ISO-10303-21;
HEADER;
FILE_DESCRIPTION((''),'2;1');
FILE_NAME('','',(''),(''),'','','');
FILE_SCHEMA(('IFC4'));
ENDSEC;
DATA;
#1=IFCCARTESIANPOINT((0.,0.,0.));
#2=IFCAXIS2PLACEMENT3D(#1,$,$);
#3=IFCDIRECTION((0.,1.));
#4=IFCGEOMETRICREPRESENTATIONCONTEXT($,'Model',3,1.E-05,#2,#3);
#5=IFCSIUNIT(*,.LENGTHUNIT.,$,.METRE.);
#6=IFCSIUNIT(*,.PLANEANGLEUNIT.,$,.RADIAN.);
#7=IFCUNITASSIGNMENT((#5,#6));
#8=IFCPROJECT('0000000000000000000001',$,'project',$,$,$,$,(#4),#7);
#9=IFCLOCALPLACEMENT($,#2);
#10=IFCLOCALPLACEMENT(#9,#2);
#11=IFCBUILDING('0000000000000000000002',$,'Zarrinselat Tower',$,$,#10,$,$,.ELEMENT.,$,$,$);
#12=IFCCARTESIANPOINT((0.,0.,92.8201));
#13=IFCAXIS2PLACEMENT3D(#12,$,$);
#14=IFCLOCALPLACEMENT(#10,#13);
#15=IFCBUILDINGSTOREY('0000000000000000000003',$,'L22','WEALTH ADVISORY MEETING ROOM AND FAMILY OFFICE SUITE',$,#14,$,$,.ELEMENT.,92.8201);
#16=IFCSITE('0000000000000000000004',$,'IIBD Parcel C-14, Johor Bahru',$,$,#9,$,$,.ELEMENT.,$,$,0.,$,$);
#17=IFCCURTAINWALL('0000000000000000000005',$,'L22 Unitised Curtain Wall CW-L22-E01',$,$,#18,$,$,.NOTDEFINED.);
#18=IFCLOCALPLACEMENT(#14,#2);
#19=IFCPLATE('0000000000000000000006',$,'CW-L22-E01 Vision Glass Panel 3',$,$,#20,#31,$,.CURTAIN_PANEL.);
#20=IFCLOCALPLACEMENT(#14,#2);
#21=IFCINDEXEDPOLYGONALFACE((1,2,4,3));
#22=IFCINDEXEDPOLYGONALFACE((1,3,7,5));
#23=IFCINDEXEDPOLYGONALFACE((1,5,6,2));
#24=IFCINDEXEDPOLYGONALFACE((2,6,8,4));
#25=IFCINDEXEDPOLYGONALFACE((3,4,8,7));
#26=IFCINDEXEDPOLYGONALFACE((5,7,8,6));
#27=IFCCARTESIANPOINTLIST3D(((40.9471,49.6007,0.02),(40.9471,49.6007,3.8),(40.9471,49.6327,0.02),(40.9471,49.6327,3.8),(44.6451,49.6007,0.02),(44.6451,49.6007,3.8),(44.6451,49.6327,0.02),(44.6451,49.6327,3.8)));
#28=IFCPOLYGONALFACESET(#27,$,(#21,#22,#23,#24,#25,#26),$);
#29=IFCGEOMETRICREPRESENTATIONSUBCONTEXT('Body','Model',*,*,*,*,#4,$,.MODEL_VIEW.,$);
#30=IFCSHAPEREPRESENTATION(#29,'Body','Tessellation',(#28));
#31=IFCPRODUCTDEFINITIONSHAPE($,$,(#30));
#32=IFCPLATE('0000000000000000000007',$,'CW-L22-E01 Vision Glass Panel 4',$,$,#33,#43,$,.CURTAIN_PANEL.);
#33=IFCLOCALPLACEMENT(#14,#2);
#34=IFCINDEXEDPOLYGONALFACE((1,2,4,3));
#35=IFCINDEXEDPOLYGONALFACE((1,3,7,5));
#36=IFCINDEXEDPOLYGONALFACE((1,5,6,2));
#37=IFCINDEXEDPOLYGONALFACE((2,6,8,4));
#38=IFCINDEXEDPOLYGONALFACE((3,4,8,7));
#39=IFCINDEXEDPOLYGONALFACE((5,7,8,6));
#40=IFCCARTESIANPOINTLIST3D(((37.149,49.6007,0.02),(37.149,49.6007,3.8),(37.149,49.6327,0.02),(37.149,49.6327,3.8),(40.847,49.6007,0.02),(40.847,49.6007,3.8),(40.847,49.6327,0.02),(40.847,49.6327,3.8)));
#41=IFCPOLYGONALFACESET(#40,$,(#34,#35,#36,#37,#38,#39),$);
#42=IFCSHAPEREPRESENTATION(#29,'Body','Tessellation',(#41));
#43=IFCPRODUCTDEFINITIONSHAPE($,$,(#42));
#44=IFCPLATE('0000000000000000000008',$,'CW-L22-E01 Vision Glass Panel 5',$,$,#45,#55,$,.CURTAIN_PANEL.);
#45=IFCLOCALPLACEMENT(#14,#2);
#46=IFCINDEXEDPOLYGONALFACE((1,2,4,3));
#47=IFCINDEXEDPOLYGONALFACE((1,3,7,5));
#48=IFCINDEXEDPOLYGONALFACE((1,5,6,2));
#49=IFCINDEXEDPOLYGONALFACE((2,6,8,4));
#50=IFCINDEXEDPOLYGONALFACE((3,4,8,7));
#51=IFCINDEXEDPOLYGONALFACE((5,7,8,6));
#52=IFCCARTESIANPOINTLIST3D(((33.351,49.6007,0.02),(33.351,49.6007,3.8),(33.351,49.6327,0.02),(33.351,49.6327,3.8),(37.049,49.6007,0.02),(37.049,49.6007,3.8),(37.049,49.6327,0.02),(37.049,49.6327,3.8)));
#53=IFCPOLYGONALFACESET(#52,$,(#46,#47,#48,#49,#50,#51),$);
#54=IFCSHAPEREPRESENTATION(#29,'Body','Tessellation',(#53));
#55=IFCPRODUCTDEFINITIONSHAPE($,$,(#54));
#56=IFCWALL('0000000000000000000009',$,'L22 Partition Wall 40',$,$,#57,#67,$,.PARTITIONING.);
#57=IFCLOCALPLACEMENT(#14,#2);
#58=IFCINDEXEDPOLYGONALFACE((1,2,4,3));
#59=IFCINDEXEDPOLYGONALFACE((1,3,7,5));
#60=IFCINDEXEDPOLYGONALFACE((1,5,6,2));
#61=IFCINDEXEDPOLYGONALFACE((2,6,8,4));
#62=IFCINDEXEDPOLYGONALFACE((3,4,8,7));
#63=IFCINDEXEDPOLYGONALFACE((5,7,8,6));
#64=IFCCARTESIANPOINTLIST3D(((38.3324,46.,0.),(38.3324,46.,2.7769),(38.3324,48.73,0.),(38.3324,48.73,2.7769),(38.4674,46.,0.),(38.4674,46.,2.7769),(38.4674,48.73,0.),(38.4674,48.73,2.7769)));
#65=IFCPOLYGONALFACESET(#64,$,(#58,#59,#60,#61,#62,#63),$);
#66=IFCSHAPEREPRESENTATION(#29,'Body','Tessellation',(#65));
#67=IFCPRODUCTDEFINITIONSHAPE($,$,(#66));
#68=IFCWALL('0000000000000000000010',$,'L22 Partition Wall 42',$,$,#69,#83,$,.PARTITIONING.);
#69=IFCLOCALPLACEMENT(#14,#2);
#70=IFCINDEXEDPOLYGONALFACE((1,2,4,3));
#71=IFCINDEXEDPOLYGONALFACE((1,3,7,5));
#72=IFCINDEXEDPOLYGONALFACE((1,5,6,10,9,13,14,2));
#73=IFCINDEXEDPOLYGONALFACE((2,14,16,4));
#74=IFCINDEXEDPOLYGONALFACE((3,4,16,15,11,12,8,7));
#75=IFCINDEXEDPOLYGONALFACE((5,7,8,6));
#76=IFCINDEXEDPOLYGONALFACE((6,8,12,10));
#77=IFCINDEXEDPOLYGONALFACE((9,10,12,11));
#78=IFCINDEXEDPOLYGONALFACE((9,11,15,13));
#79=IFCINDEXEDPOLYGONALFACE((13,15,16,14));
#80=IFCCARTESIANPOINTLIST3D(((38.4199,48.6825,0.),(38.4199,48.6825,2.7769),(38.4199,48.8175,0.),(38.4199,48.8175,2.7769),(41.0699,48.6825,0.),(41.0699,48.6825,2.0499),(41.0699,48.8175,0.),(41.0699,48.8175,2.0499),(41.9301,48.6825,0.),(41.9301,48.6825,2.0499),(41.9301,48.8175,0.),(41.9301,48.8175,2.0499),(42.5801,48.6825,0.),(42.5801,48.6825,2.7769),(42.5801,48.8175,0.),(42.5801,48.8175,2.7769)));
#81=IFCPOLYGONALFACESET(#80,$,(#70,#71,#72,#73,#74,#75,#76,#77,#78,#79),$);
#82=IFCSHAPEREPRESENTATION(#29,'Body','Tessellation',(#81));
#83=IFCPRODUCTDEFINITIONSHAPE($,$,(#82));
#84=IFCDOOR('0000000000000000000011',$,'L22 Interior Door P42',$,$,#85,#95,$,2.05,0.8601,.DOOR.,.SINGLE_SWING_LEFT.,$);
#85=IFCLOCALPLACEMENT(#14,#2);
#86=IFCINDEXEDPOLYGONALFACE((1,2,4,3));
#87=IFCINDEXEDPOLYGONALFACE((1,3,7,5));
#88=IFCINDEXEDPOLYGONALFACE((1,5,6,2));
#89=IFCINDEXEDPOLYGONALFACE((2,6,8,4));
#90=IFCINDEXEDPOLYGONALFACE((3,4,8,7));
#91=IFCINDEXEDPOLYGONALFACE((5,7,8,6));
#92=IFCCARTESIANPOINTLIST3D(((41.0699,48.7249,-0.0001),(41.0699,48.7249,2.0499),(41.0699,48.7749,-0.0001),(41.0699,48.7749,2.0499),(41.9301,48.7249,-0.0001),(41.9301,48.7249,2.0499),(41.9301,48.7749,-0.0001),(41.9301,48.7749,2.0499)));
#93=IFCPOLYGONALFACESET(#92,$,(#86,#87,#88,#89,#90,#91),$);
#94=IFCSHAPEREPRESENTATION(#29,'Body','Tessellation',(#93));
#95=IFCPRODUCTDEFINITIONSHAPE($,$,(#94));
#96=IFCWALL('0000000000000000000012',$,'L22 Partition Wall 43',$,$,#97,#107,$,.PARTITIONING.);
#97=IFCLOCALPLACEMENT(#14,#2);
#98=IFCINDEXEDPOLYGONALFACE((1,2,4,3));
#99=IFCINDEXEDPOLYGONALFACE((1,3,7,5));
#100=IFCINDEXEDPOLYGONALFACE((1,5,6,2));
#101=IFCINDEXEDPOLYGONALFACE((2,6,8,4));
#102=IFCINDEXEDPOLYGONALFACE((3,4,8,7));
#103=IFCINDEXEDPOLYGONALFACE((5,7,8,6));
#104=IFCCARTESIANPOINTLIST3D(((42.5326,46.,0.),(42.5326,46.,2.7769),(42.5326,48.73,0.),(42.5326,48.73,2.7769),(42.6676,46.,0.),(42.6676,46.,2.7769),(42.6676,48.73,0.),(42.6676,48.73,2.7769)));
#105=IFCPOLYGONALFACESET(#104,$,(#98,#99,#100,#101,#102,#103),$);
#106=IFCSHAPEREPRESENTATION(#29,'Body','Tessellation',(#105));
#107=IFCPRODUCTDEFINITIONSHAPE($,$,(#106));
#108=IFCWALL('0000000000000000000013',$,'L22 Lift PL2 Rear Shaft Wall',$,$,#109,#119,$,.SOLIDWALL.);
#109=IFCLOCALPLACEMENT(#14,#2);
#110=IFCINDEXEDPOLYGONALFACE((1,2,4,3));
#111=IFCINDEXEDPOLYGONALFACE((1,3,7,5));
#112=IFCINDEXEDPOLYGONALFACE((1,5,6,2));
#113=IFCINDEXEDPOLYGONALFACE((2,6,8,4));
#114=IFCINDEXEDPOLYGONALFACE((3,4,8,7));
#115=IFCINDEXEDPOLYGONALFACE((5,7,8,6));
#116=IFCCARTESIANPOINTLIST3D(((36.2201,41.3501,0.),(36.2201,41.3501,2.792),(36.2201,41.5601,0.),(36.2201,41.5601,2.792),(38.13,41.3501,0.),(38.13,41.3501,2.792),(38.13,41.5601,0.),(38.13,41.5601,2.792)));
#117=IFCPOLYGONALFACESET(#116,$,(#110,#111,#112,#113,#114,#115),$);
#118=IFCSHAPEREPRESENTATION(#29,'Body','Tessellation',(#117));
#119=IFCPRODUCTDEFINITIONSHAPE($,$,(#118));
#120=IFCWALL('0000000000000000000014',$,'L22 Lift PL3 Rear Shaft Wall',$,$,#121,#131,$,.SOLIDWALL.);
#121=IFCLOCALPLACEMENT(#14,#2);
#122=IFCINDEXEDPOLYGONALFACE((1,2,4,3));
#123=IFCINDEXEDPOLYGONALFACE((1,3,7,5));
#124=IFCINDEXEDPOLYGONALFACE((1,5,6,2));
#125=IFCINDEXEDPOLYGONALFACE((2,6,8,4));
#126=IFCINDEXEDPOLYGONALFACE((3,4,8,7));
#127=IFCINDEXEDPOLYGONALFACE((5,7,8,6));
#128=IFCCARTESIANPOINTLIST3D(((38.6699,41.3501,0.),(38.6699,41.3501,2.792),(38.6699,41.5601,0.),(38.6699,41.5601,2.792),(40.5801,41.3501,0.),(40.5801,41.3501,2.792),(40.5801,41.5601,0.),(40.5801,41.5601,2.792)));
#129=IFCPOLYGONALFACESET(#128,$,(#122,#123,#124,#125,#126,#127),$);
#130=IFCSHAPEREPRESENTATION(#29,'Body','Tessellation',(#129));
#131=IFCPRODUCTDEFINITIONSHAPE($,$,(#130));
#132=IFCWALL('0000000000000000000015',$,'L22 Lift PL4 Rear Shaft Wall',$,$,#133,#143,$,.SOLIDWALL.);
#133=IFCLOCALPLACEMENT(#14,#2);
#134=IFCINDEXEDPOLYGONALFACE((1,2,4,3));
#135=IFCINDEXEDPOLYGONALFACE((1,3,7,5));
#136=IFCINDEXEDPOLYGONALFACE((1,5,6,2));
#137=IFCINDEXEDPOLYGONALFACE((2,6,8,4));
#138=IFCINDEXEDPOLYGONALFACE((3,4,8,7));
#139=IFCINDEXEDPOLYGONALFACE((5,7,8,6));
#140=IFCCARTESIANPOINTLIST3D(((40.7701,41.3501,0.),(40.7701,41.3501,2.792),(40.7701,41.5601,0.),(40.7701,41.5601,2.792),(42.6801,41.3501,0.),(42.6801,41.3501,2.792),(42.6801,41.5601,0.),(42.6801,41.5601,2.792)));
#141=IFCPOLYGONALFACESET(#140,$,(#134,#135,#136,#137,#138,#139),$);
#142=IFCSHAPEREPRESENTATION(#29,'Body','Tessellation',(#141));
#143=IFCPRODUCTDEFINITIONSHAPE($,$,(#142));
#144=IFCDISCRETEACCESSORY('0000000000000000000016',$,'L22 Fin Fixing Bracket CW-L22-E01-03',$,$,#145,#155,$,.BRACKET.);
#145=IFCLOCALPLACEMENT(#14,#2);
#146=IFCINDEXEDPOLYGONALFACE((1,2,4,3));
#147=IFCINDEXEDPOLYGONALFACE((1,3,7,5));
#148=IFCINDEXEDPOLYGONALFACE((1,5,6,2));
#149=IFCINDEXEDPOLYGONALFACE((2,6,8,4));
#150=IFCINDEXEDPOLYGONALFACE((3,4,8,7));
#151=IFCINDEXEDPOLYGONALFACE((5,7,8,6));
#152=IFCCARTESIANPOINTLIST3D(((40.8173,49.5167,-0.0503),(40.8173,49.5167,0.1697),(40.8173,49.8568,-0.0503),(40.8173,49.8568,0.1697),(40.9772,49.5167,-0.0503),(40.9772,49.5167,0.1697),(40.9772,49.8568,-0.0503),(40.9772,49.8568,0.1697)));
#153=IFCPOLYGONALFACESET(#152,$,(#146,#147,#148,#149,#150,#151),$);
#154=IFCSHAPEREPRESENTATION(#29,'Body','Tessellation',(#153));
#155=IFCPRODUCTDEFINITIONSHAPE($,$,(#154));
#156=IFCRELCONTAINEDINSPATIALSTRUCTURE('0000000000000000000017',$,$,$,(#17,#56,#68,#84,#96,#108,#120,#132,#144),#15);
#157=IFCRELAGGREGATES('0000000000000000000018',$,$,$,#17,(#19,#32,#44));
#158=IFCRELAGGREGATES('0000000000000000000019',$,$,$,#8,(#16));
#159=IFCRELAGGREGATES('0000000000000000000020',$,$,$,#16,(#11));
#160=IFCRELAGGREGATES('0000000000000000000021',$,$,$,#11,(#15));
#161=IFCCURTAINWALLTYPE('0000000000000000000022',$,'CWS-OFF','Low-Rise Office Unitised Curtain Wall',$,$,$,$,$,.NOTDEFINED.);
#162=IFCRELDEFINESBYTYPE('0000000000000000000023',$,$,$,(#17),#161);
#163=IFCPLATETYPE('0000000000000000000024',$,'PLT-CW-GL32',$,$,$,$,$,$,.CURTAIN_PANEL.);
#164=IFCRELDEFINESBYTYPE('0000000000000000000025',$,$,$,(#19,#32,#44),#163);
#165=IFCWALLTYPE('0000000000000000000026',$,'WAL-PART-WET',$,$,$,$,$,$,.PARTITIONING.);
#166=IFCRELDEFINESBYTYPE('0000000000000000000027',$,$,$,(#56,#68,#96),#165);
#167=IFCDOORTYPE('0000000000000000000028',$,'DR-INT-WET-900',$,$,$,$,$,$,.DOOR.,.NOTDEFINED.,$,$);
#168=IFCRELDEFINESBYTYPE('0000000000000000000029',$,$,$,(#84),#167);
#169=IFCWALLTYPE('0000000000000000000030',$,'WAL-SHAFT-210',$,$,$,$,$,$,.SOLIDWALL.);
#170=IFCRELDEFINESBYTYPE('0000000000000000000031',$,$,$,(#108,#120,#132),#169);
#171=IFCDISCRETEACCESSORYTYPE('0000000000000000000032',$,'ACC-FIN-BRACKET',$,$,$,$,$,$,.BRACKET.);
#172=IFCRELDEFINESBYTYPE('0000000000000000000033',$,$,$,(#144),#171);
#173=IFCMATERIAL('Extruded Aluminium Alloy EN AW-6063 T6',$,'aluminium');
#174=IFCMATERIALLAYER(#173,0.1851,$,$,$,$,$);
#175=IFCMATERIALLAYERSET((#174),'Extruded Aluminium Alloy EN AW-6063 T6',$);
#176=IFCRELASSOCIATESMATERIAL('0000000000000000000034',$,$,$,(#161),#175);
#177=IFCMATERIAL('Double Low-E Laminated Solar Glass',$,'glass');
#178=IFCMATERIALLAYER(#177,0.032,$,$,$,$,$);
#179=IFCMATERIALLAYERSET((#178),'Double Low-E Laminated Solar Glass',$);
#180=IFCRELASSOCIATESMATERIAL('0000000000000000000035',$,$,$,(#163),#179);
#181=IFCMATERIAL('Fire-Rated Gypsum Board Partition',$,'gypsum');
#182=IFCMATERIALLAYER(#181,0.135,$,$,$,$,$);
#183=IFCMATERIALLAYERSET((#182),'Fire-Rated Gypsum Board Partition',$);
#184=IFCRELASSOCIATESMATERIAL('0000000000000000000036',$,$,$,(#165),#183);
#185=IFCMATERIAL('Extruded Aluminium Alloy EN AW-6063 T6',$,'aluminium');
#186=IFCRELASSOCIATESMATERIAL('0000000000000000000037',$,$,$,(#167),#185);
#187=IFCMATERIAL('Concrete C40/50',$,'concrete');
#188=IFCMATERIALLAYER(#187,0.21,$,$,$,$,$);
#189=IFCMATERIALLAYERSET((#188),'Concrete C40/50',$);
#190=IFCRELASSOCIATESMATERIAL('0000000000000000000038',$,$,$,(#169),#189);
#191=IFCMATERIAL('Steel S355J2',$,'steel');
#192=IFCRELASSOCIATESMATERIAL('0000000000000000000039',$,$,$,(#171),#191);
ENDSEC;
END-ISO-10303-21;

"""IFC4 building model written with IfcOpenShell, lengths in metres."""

from ifc_helpers import new_model, si_unit, direction, frame, frame_2d, origin, origin_2d, place, context, subcontext, project, spatial, rectangle, extrude, material, layer, layer_set, type_object, element, fill, aggregate, save


model = new_model("IFC4")

# Units and contexts
model_context = context("Model", 3, precision=1e-05, world=origin(), true_north=direction((0.0, 1.0)))
body_context = subcontext(model_context, "Body", "Model", "MODEL_VIEW")
ifc_project = project(units=[si_unit("LENGTHUNIT", "METRE"), si_unit("PLANEANGLEUNIT", "RADIAN")], contexts=[model_context])

# Site, building, storey
site_placement = place(None, origin())
site = spatial("IfcSite", under=ifc_project, at=site_placement, Name="IIBD Parcel C-14, Johor Bahru", CompositionType="ELEMENT", RefElevation=0.0)
building_placement = place(site_placement, origin())
building = spatial("IfcBuilding", under=site, at=building_placement, Name="Zarrinselat Tower", CompositionType="ELEMENT")
storey_placement = place(building_placement, frame((0.0, 0.0, 92.8201)))
storey = spatial("IfcBuildingStorey", under=building, at=storey_placement, Name="L22", Description="WEALTH ADVISORY MEETING ROOM AND FAMILY OFFICE SUITE", CompositionType="ELEMENT", Elevation=92.8201)

# Curtain wall, plates
ifc_material_1 = material(Name="Extruded Aluminium Alloy EN AW-6063 T6", Category="aluminium")
ifc_layer_1 = layer(ifc_material_1, 0.1851)
ifc_layer_set_1 = layer_set([ifc_layer_1], Name="Extruded Aluminium Alloy EN AW-6063 T6")
curtain_wall_type = type_object("IfcCurtainWallType", Name="CWS-OFF", Description="Low-Rise Office Unitised Curtain Wall", PredefinedType="NOTDEFINED", material=ifc_layer_set_1)
curtain_wall_placement = place(storey_placement, origin())
curtain_wall = element("IfcCurtainWall", 1, at=curtain_wall_placement, inside=storey, type_object=curtain_wall_type, Name="L22 Unitised Curtain Wall CW-L22-E01", PredefinedType="NOTDEFINED")
ifc_material_2 = material(Name="Double Low-E Laminated Solar Glass", Category="glass")
ifc_layer_2 = layer(ifc_material_2, 0.032)
ifc_layer_set_2 = layer_set([ifc_layer_2], Name="Double Low-E Laminated Solar Glass")
plate_type = type_object("IfcPlateType", Name="PLT-CW-GL32", PredefinedType="CURTAIN_PANEL", material=ifc_layer_set_2)
plate_1_placement = place(storey_placement, frame((42.7961, 49.6167, 0.02), z_axis=(0.0, 0.0, 1.0), x_axis=(-1.0, 0.0, 0.0)))
plate_1 = element("IfcPlate", 2, at=plate_1_placement, type_object=plate_type, Name="CW-L22-E01 Vision Glass Panel 3", PredefinedType="CURTAIN_PANEL", context=body_context, shape_type="SweptSolid", body=[
    extrude(rectangle(XDim=3.698, YDim=0.032, at=origin_2d()), origin(), (0.0, 0.0, 1.0), 3.78),
])
plate_2_placement = place(storey_placement, frame((38.998, 49.6167, 0.02), z_axis=(0.0, 0.0, 1.0), x_axis=(-1.0, 0.0, 0.0)))
plate_2 = element("IfcPlate", 3, at=plate_2_placement, type_object=plate_type, Name="CW-L22-E01 Vision Glass Panel 4", PredefinedType="CURTAIN_PANEL", context=body_context, shape_type="SweptSolid", body=[
    extrude(rectangle(XDim=3.698, YDim=0.032, at=origin_2d()), origin(), (0.0, 0.0, 1.0), 3.78),
])
plate_3_placement = place(storey_placement, frame((35.2, 49.6167, 0.02), z_axis=(0.0, 0.0, 1.0), x_axis=(-1.0, 0.0, 0.0)))
plate_3 = element("IfcPlate", 4, at=plate_3_placement, type_object=plate_type, Name="CW-L22-E01 Vision Glass Panel 5", PredefinedType="CURTAIN_PANEL", context=body_context, shape_type="SweptSolid", body=[
    extrude(rectangle(XDim=3.698, YDim=0.032, at=origin_2d()), origin(), (0.0, 0.0, 1.0), 3.78),
])
aggregate(curtain_wall, [plate_1, plate_2, plate_3])

# Wall
ifc_material_3 = material(Name="Fire-Rated Gypsum Board Partition", Category="gypsum")
ifc_layer_3 = layer(ifc_material_3, 0.135)
ifc_layer_set_3 = layer_set([ifc_layer_3], Name="Fire-Rated Gypsum Board Partition")
wall_type_1 = type_object("IfcWallType", Name="WAL-PART-WET", PredefinedType="PARTITIONING", material=ifc_layer_set_3)
wall_1_placement = place(storey_placement, frame((38.3999, 46.0, 0.0), z_axis=(0.0, 0.0, 1.0), x_axis=(0.0, 1.0, 0.0)))
element("IfcWall", 5, at=wall_1_placement, inside=storey, type_object=wall_type_1, Name="L22 Partition Wall 40", PredefinedType="PARTITIONING", context=body_context, shape_type="SweptSolid", body=[
    extrude(rectangle(XDim=2.73, YDim=0.135, at=frame_2d((1.365, 0.0))), origin(), (0.0, 0.0, 1.0), 2.7769),
])

# Wall, opening, door
wall_2_placement = place(storey_placement, frame((38.4199, 48.75, 0.0), z_axis=(0.0, 0.0, 1.0), x_axis=(1.0, 0.0, 0.0)))
wall_2 = element("IfcWall", 6, at=wall_2_placement, inside=storey, type_object=wall_type_1, Name="L22 Partition Wall 42", PredefinedType="PARTITIONING", context=body_context, shape_type="SweptSolid", body=[
    extrude(rectangle(XDim=4.1602, YDim=0.135, at=frame_2d((2.0801, 0.0))), origin(), (0.0, 0.0, 1.0), 2.7769),
])
opening_placement = place(wall_2_placement, frame((2.6499, 0.0, 0.0)))
opening = element("IfcOpeningElement", 7, at=opening_placement, cuts=wall_2, PredefinedType="OPENING", context=body_context, shape_type="SweptSolid", body=[
    extrude(rectangle(XDim=0.8601, YDim=2.05, at=frame_2d((0.4302, 1.0249))), frame((0.0, 0.0774, 0.0), z_axis=(0.0, -1.0, 0.0), x_axis=(1.0, 0.0, 0.0)), (0.0, 0.0, 1.0), 0.155),
])
ifc_material_4 = material(Name="Extruded Aluminium Alloy EN AW-6063 T6", Category="aluminium")
door_type = type_object("IfcDoorType", Name="DR-INT-WET-900", OperationType="NOTDEFINED", PredefinedType="DOOR", material=ifc_material_4)
door_placement = place(opening_placement, origin())
door = element("IfcDoor", 8, at=door_placement, inside=storey, type_object=door_type, Name="L22 Interior Door P42", OperationType="SINGLE_SWING_LEFT", OverallHeight=2.05, OverallWidth=0.8601, PredefinedType="DOOR", context=body_context, shape_type="SweptSolid", body=[
    extrude(rectangle(XDim=0.8601, YDim=2.05, at=frame_2d((0.4302, 1.0249))), frame((0.0, 0.0249, 0.0), z_axis=(0.0, -1.0, 0.0), x_axis=(1.0, 0.0, 0.0)), (0.0, 0.0, 1.0), 0.05),
])
fill(opening, door)

# Walls
wall_3_placement = place(storey_placement, frame((42.6001, 46.0, 0.0), z_axis=(0.0, 0.0, 1.0), x_axis=(0.0, 1.0, 0.0)))
element("IfcWall", 9, at=wall_3_placement, inside=storey, type_object=wall_type_1, Name="L22 Partition Wall 43", PredefinedType="PARTITIONING", context=body_context, shape_type="SweptSolid", body=[
    extrude(rectangle(XDim=2.73, YDim=0.135, at=frame_2d((1.365, 0.0))), origin(), (0.0, 0.0, 1.0), 2.7769),
])
ifc_material_5 = material(Name="Concrete C40/50", Category="concrete")
ifc_layer_4 = layer(ifc_material_5, 0.21)
ifc_layer_set_4 = layer_set([ifc_layer_4], Name="Concrete C40/50")
wall_type_2 = type_object("IfcWallType", Name="WAL-SHAFT-210", PredefinedType="SOLIDWALL", material=ifc_layer_set_4)
wall_4_placement = place(storey_placement, frame((36.22, 41.4551, 0.0), z_axis=(0.0, 0.0, 1.0), x_axis=(1.0, 0.0, 0.0)))
element("IfcWall", 10, at=wall_4_placement, inside=storey, type_object=wall_type_2, Name="L22 Lift PL2 Rear Shaft Wall", PredefinedType="SOLIDWALL", context=body_context, shape_type="SweptSolid", body=[
    extrude(rectangle(XDim=1.9099, YDim=0.21, at=frame_2d((0.9551, 0.0))), origin(), (0.0, 0.0, 1.0), 2.792),
])
wall_5_placement = place(storey_placement, frame((38.6699, 41.4551, 0.0), z_axis=(0.0, 0.0, 1.0), x_axis=(1.0, 0.0, 0.0)))
element("IfcWall", 11, at=wall_5_placement, inside=storey, type_object=wall_type_2, Name="L22 Lift PL3 Rear Shaft Wall", PredefinedType="SOLIDWALL", context=body_context, shape_type="SweptSolid", body=[
    extrude(rectangle(XDim=1.9102, YDim=0.21, at=frame_2d((0.9551, 0.0))), origin(), (0.0, 0.0, 1.0), 2.792),
])
wall_6_placement = place(storey_placement, frame((40.77, 41.4551, 0.0), z_axis=(0.0, 0.0, 1.0), x_axis=(1.0, 0.0, 0.0)))
element("IfcWall", 12, at=wall_6_placement, inside=storey, type_object=wall_type_2, Name="L22 Lift PL4 Rear Shaft Wall", PredefinedType="SOLIDWALL", context=body_context, shape_type="SweptSolid", body=[
    extrude(rectangle(XDim=1.9099, YDim=0.21, at=frame_2d((0.9551, 0.0))), origin(), (0.0, 0.0, 1.0), 2.792),
])

# Discrete accessory
ifc_material_6 = material(Name="Steel S355J2", Category="steel")
discrete_accessory_type = type_object("IfcDiscreteAccessoryType", Name="ACC-FIN-BRACKET", PredefinedType="BRACKET", material=ifc_material_6)
discrete_accessory_placement = place(storey_placement, frame((40.8972, 49.6868, -0.0503), z_axis=(0.0, 0.0, 1.0), x_axis=(0.0, 1.0, 0.0)))
element("IfcDiscreteAccessory", 13, at=discrete_accessory_placement, inside=storey, type_object=discrete_accessory_type, Name="L22 Fin Fixing Bracket CW-L22-E01-03", PredefinedType="BRACKET", context=body_context, shape_type="SweptSolid", body=[
    extrude(rectangle(XDim=0.3401, YDim=0.1599, at=origin_2d()), origin(), (0.0, 0.0, 1.0), 0.22),
])

save(model, "model.ifc")
